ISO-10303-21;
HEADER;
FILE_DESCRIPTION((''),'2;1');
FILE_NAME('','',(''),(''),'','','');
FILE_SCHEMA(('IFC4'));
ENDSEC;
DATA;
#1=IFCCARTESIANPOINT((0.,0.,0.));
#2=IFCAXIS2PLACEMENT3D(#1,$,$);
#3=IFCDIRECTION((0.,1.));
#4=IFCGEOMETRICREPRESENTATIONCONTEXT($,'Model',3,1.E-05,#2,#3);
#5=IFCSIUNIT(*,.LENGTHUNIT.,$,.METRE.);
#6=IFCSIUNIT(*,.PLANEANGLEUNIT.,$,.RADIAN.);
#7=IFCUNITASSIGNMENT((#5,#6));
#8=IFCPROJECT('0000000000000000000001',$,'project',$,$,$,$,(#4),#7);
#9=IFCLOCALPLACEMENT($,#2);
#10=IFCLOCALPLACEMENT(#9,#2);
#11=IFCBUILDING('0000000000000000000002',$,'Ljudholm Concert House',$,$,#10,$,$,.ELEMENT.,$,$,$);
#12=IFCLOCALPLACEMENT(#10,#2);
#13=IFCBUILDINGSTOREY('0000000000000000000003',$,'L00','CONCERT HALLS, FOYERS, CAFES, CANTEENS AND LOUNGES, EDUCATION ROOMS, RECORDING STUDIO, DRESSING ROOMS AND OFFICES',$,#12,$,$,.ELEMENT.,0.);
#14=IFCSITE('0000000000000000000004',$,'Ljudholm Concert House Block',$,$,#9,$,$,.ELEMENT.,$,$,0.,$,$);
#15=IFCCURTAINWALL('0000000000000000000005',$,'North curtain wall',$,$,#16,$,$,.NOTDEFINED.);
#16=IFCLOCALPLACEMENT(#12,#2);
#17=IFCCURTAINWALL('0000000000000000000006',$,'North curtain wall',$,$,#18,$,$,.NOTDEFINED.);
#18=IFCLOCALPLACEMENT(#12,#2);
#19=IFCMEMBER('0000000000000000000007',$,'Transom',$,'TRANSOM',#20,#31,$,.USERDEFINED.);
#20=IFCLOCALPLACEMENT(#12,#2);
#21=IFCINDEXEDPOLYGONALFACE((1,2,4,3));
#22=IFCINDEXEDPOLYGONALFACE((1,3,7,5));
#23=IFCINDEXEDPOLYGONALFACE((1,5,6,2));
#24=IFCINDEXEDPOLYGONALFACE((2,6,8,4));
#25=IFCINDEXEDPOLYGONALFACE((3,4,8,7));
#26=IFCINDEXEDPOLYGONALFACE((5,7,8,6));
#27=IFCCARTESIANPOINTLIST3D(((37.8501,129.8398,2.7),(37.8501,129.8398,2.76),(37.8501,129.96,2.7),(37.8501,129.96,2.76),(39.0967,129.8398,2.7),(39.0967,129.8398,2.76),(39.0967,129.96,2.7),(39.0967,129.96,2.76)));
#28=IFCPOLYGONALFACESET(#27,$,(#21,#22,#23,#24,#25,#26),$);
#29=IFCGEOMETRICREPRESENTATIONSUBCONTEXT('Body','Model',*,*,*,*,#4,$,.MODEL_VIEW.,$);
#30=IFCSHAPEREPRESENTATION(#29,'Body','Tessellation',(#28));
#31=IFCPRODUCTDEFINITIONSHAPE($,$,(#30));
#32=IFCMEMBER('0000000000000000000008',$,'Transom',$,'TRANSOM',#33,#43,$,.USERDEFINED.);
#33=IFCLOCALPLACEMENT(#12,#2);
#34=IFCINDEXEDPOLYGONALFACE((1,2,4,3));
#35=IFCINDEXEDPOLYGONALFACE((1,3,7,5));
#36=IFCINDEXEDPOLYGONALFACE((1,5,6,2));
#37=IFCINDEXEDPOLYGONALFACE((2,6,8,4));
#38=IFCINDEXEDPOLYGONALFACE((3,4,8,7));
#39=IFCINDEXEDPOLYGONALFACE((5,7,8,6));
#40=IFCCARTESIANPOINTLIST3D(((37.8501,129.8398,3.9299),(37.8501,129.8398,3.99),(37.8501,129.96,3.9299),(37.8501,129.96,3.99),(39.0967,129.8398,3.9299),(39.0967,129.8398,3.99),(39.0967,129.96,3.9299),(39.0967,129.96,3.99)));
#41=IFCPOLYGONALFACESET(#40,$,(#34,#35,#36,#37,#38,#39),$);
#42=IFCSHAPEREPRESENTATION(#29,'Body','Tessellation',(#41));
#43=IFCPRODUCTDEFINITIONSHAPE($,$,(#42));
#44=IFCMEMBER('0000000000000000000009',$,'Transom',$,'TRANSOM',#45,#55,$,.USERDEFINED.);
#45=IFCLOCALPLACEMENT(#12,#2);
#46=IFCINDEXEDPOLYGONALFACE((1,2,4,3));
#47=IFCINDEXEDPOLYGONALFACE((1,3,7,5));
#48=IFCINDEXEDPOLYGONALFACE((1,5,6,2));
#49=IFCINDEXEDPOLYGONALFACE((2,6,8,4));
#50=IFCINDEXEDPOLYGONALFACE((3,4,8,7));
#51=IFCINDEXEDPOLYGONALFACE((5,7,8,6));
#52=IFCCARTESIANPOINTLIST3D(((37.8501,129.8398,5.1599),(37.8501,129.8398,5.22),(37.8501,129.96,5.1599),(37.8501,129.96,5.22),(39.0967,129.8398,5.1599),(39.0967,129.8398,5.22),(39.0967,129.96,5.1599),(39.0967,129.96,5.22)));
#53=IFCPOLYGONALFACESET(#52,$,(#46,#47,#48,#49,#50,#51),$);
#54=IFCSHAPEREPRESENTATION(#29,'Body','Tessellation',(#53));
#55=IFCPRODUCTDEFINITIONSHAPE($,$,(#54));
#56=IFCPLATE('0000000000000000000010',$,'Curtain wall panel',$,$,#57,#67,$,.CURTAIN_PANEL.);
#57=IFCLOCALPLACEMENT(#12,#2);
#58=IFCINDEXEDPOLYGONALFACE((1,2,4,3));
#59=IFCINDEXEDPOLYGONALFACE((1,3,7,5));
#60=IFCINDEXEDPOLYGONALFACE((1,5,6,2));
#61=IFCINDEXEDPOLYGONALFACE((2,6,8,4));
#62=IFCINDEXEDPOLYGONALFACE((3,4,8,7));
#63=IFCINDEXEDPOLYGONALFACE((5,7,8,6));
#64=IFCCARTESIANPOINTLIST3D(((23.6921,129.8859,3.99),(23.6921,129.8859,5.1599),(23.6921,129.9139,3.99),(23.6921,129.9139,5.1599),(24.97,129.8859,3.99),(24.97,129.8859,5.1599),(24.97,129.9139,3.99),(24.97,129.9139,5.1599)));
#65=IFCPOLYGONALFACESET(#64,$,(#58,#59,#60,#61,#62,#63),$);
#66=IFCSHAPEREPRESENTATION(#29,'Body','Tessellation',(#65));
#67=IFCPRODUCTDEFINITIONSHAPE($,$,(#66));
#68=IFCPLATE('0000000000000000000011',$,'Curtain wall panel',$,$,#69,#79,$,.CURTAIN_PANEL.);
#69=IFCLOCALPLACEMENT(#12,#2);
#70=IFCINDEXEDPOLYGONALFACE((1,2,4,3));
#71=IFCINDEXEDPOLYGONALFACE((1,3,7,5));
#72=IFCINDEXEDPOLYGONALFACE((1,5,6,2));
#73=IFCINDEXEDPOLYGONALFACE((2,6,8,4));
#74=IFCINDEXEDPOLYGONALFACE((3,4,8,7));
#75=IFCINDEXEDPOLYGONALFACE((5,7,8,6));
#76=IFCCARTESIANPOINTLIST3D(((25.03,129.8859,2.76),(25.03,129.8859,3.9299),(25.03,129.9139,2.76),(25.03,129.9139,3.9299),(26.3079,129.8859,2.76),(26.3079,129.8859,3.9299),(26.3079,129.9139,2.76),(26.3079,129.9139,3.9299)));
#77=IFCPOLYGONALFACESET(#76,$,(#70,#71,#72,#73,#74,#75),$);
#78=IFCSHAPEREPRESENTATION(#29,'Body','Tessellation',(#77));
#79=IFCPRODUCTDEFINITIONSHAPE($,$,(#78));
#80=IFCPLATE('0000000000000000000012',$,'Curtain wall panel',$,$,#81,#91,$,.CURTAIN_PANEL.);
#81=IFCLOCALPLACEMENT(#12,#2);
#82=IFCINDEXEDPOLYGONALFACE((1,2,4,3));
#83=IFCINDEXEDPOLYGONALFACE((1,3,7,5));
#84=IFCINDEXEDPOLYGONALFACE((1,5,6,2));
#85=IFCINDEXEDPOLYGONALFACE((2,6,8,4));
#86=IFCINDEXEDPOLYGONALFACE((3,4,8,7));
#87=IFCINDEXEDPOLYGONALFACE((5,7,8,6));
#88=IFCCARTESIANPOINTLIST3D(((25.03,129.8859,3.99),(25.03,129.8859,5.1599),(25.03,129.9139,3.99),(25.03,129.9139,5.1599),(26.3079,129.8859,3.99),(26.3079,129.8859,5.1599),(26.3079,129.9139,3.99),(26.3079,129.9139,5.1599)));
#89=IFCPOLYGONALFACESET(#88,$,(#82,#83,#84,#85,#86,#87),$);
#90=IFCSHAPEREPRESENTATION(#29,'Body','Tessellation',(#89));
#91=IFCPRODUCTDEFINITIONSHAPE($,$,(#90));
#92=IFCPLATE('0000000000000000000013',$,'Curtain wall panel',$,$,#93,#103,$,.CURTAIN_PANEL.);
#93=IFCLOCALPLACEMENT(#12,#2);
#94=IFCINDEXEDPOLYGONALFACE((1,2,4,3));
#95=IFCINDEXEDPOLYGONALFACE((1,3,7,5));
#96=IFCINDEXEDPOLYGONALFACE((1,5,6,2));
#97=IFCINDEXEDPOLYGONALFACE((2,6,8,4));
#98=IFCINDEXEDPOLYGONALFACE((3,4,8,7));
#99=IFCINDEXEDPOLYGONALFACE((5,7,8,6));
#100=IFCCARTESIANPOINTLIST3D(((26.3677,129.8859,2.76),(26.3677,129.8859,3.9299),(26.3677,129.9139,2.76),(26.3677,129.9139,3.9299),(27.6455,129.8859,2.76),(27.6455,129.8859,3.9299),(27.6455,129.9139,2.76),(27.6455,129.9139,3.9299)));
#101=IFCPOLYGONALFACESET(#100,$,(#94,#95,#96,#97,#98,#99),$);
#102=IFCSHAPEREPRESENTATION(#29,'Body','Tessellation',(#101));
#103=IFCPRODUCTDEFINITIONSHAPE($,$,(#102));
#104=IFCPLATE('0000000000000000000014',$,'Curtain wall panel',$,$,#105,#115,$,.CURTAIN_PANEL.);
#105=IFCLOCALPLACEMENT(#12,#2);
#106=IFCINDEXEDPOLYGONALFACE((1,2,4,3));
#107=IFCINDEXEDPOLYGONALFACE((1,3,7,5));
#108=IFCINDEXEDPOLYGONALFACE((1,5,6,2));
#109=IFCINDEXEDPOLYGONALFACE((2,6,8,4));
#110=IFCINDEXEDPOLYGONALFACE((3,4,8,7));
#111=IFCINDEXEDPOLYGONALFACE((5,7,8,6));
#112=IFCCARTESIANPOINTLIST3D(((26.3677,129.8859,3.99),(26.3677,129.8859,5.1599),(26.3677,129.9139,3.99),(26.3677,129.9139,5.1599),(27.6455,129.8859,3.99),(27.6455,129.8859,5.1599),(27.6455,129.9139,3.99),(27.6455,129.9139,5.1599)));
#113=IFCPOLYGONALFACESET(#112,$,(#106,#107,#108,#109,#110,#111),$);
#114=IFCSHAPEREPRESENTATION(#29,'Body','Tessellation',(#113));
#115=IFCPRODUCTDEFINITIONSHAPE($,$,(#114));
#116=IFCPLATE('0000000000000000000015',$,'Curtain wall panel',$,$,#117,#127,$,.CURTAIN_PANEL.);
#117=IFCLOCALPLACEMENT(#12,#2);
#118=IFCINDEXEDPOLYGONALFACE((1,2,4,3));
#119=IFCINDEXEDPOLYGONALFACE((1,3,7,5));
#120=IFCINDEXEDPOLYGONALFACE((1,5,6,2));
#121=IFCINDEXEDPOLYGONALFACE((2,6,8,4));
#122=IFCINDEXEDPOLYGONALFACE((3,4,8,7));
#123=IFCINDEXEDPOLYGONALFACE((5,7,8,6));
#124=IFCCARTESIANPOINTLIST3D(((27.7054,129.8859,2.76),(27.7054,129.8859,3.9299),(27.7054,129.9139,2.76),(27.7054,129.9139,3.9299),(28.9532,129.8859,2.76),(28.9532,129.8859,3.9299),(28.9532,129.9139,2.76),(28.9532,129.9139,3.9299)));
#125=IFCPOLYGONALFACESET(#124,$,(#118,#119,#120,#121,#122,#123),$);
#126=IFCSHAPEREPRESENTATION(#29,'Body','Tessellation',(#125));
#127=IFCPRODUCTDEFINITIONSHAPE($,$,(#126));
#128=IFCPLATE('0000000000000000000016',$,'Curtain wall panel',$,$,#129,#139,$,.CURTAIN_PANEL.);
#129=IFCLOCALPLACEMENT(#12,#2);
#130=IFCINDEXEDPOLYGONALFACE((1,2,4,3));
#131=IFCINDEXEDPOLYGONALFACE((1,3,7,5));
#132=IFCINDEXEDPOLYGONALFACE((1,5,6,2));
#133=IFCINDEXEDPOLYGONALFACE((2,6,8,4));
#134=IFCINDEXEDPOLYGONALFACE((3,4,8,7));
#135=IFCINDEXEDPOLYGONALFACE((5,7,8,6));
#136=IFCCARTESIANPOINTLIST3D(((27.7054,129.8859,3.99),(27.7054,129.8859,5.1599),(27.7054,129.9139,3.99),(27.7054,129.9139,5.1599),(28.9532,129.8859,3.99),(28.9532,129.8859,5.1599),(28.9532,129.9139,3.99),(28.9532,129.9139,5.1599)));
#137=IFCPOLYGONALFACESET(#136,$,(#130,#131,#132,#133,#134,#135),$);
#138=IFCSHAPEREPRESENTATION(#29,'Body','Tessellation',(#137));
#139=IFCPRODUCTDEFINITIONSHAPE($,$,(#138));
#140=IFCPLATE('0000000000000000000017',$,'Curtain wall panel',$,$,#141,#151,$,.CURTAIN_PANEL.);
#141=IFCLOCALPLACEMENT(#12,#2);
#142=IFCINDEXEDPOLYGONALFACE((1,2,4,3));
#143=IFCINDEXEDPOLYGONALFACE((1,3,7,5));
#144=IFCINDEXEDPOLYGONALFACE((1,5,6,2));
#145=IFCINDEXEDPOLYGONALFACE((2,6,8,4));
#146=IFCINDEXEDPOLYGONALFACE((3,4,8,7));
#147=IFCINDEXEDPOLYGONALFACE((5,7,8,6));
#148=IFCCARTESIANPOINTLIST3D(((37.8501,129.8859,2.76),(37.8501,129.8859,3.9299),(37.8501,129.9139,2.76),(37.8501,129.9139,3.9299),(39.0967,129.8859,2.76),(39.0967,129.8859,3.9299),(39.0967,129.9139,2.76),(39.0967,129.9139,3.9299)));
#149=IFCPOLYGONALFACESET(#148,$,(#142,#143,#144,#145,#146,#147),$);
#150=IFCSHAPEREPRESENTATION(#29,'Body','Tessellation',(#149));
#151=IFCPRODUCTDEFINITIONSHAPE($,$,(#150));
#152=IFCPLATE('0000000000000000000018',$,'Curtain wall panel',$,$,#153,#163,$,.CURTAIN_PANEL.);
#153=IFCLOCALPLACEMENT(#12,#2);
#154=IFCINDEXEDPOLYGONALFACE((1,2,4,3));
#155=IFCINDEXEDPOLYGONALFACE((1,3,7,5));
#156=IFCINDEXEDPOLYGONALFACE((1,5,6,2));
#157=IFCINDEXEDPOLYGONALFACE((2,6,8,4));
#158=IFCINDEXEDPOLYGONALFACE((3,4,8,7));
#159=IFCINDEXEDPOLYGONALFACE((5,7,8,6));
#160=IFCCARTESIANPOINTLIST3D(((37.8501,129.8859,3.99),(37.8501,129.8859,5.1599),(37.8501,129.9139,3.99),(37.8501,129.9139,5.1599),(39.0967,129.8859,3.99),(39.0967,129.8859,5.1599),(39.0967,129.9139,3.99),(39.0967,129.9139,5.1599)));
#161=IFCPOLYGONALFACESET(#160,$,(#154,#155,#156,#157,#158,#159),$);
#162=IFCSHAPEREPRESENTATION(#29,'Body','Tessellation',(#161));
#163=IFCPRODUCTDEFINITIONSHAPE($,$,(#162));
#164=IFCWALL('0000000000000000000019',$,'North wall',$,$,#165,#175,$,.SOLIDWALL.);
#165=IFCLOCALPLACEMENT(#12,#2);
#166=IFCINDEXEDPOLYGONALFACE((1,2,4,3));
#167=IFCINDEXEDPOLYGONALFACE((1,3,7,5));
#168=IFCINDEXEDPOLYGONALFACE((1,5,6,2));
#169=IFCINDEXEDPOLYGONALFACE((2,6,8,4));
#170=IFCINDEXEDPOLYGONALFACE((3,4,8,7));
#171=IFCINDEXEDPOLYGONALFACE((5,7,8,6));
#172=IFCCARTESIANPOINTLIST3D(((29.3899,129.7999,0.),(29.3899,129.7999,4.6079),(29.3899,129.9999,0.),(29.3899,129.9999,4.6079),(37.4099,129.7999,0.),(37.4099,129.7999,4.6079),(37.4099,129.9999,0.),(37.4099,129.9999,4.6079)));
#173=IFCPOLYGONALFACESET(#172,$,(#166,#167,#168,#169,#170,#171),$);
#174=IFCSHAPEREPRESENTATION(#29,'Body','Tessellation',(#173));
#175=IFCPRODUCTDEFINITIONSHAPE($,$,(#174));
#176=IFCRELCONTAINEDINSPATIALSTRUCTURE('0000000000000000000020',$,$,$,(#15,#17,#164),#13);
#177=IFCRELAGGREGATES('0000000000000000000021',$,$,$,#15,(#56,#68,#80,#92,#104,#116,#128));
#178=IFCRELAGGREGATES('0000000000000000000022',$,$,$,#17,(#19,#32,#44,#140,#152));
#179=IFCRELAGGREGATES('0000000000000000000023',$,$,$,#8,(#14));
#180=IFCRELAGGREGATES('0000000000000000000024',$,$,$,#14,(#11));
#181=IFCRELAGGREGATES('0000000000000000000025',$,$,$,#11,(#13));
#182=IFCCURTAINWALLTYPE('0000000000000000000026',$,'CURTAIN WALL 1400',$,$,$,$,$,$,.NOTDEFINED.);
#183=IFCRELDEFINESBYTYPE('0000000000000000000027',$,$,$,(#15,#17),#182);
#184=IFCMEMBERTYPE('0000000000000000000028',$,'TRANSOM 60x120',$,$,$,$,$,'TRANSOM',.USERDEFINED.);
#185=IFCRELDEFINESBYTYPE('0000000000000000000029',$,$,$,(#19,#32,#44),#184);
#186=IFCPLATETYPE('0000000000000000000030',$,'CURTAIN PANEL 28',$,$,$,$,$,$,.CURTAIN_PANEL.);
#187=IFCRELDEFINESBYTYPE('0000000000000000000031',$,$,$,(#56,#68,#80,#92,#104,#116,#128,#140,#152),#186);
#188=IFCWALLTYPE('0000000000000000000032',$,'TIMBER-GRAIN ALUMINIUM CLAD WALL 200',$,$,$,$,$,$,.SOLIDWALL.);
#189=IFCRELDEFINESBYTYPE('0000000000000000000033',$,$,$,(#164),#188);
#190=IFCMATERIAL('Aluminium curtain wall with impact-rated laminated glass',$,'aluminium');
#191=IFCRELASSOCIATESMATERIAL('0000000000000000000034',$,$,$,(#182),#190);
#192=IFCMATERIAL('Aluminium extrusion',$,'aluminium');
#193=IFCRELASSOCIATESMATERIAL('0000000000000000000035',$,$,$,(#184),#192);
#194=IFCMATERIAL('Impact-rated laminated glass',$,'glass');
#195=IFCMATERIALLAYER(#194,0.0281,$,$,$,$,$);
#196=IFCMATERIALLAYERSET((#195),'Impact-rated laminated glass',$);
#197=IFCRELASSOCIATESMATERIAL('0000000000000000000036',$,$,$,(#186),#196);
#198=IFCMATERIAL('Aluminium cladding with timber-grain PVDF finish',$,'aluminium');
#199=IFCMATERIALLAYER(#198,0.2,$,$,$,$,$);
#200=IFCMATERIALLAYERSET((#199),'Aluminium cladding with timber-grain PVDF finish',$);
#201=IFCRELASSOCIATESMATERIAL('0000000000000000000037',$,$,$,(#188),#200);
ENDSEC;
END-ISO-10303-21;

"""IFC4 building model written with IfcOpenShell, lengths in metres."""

from ifc_helpers import new_model, si_unit, direction, frame, frame_2d, origin, origin_2d, place, context, subcontext, project, spatial, rectangle, extrude, material, layer, layer_set, material_profile, profile_set, type_object, element, aggregate, save


model = new_model("IFC4")

# Units and contexts
model_context = context("Model", 3, precision=1e-05, world=origin(), true_north=direction((0.0, 1.0)))
body_context = subcontext(model_context, "Body", "Model", "MODEL_VIEW")
ifc_project = project(units=[si_unit("LENGTHUNIT", "METRE"), si_unit("PLANEANGLEUNIT", "RADIAN")], contexts=[model_context])

# Site, building, storey
site_placement = place(None, origin())
site = spatial("IfcSite", under=ifc_project, at=site_placement, Name="Ljudholm Concert House Block", CompositionType="ELEMENT", RefElevation=0.0)
building_placement = place(site_placement, origin())
building = spatial("IfcBuilding", under=site, at=building_placement, Name="Ljudholm Concert House", CompositionType="ELEMENT")
storey_placement = place(building_placement, origin())
storey = spatial("IfcBuildingStorey", under=building, at=storey_placement, Name="L00", Description="CONCERT HALLS, FOYERS, CAFES, CANTEENS AND LOUNGES, EDUCATION ROOMS, RECORDING STUDIO, DRESSING ROOMS AND OFFICES", CompositionType="ELEMENT", Elevation=0.0)

# Curtain walls
ifc_material_1 = material(Name="Aluminium curtain wall with impact-rated laminated glass", Category="aluminium")
curtain_wall_type = type_object("IfcCurtainWallType", Name="CURTAIN WALL 1400", PredefinedType="NOTDEFINED", material=ifc_material_1)
curtain_wall_1_placement = place(storey_placement, origin())
curtain_wall_1 = element("IfcCurtainWall", 1, at=curtain_wall_1_placement, inside=storey, type_object=curtain_wall_type, Name="North curtain wall", PredefinedType="NOTDEFINED")
curtain_wall_2_placement = place(storey_placement, origin())
curtain_wall_2 = element("IfcCurtainWall", 2, at=curtain_wall_2_placement, inside=storey, type_object=curtain_wall_type, Name="North curtain wall", PredefinedType="NOTDEFINED")

# Members
ifc_material_2 = material(Name="Aluminium extrusion", Category="aluminium")
ifc_material_profile_1 = material_profile(ifc_material_2, rectangle(XDim=0.1201, YDim=0.0601, at=origin_2d()), Name="TRANSOM 60x120")
ifc_profile_set_1 = profile_set([ifc_material_profile_1], Name="Aluminium extrusion")
member_type_1 = type_object("IfcMemberType", Name="TRANSOM 60x120", ElementType="TRANSOM", PredefinedType="USERDEFINED", material=ifc_profile_set_1)
member_1_placement = place(storey_placement, frame((37.8501, 129.8999, 2.73), z_axis=(1.0, 0.0, 0.0), x_axis=(0.0, 1.0, 0.0)))
member_1 = element("IfcMember", 3, at=member_1_placement, type_object=member_type_1, Name="Transom", ObjectType="TRANSOM", PredefinedType="USERDEFINED", context=body_context, shape_type="SweptSolid", body=[
    extrude(rectangle(XDim=0.1201, YDim=0.0601, at=origin_2d()), origin(), (0.0, 0.0, 1.0), 1.2466),
])
member_2_placement = place(storey_placement, frame((37.8501, 129.8999, 3.96), z_axis=(1.0, 0.0, 0.0), x_axis=(0.0, 1.0, 0.0)))
member_2 = element("IfcMember", 4, at=member_2_placement, type_object=member_type_1, Name="Transom", ObjectType="TRANSOM", PredefinedType="USERDEFINED", context=body_context, shape_type="SweptSolid", body=[
    extrude(rectangle(XDim=0.1201, YDim=0.0601, at=origin_2d()), origin(), (0.0, 0.0, 1.0), 1.2466),
])
member_3_placement = place(storey_placement, frame((37.8501, 129.8999, 5.1899), z_axis=(1.0, 0.0, 0.0), x_axis=(0.0, 1.0, 0.0)))
member_3 = element("IfcMember", 5, at=member_3_placement, type_object=member_type_1, Name="Transom", ObjectType="TRANSOM", PredefinedType="USERDEFINED", context=body_context, shape_type="SweptSolid", body=[
    extrude(rectangle(XDim=0.1201, YDim=0.0601, at=origin_2d()), origin(), (0.0, 0.0, 1.0), 1.2466),
])

# Plates
ifc_material_3 = material(Name="Impact-rated laminated glass", Category="glass")
ifc_layer_1 = layer(ifc_material_3, 0.0281)
ifc_layer_set_1 = layer_set([ifc_layer_1], Name="Impact-rated laminated glass")
plate_type = type_object("IfcPlateType", Name="CURTAIN PANEL 28", PredefinedType="CURTAIN_PANEL", material=ifc_layer_set_1)
plate_1_placement = place(storey_placement, frame((24.3311, 129.8999, 3.99), z_axis=(0.0, 0.0, 1.0), x_axis=(1.0, 0.0, 0.0)))
plate_1 = element("IfcPlate", 6, at=plate_1_placement, type_object=plate_type, Name="Curtain wall panel", PredefinedType="CURTAIN_PANEL", context=body_context, shape_type="SweptSolid", body=[
    extrude(rectangle(XDim=1.2778, YDim=0.0281, at=origin_2d()), origin(), (0.0, 0.0, 1.0), 1.1699),
])
plate_2_placement = place(storey_placement, frame((25.6689, 129.8999, 2.76), z_axis=(0.0, 0.0, 1.0), x_axis=(1.0, 0.0, 0.0)))
plate_2 = element("IfcPlate", 7, at=plate_2_placement, type_object=plate_type, Name="Curtain wall panel", PredefinedType="CURTAIN_PANEL", context=body_context, shape_type="SweptSolid", body=[
    extrude(rectangle(XDim=1.2778, YDim=0.0281, at=origin_2d()), origin(), (0.0, 0.0, 1.0), 1.1699),
])
plate_3_placement = place(storey_placement, frame((25.6689, 129.8999, 3.99), z_axis=(0.0, 0.0, 1.0), x_axis=(1.0, 0.0, 0.0)))
plate_3 = element("IfcPlate", 8, at=plate_3_placement, type_object=plate_type, Name="Curtain wall panel", PredefinedType="CURTAIN_PANEL", context=body_context, shape_type="SweptSolid", body=[
    extrude(rectangle(XDim=1.2778, YDim=0.0281, at=origin_2d()), origin(), (0.0, 0.0, 1.0), 1.1699),
])
plate_4_placement = place(storey_placement, frame((27.0066, 129.8999, 2.76), z_axis=(0.0, 0.0, 1.0), x_axis=(1.0, 0.0, 0.0)))
plate_4 = element("IfcPlate", 9, at=plate_4_placement, type_object=plate_type, Name="Curtain wall panel", PredefinedType="CURTAIN_PANEL", context=body_context, shape_type="SweptSolid", body=[
    extrude(rectangle(XDim=1.2778, YDim=0.0281, at=origin_2d()), origin(), (0.0, 0.0, 1.0), 1.1699),
])
plate_5_placement = place(storey_placement, frame((27.0066, 129.8999, 3.99), z_axis=(0.0, 0.0, 1.0), x_axis=(1.0, 0.0, 0.0)))
plate_5 = element("IfcPlate", 10, at=plate_5_placement, type_object=plate_type, Name="Curtain wall panel", PredefinedType="CURTAIN_PANEL", context=body_context, shape_type="SweptSolid", body=[
    extrude(rectangle(XDim=1.2778, YDim=0.0281, at=origin_2d()), origin(), (0.0, 0.0, 1.0), 1.1699),
])
plate_6_placement = place(storey_placement, frame((28.3293, 129.8999, 2.76), z_axis=(0.0, 0.0, 1.0), x_axis=(1.0, 0.0, 0.0)))
plate_6 = element("IfcPlate", 11, at=plate_6_placement, type_object=plate_type, Name="Curtain wall panel", PredefinedType="CURTAIN_PANEL", context=body_context, shape_type="SweptSolid", body=[
    extrude(rectangle(XDim=1.2478, YDim=0.0281, at=origin_2d()), origin(), (0.0, 0.0, 1.0), 1.1699),
])
plate_7_placement = place(storey_placement, frame((28.3293, 129.8999, 3.99), z_axis=(0.0, 0.0, 1.0), x_axis=(1.0, 0.0, 0.0)))
plate_7 = element("IfcPlate", 12, at=plate_7_placement, type_object=plate_type, Name="Curtain wall panel", PredefinedType="CURTAIN_PANEL", context=body_context, shape_type="SweptSolid", body=[
    extrude(rectangle(XDim=1.2478, YDim=0.0281, at=origin_2d()), origin(), (0.0, 0.0, 1.0), 1.1699),
])
aggregate(curtain_wall_1, [plate_1, plate_2, plate_3, plate_4, plate_5, plate_6, plate_7])
plate_8_placement = place(storey_placement, frame((38.4734, 129.8999, 2.76), z_axis=(0.0, 0.0, 1.0), x_axis=(1.0, 0.0, 0.0)))
plate_8 = element("IfcPlate", 13, at=plate_8_placement, type_object=plate_type, Name="Curtain wall panel", PredefinedType="CURTAIN_PANEL", context=body_context, shape_type="SweptSolid", body=[
    extrude(rectangle(XDim=1.2466, YDim=0.0281, at=origin_2d()), origin(), (0.0, 0.0, 1.0), 1.1699),
])
plate_9_placement = place(storey_placement, frame((38.4734, 129.8999, 3.99), z_axis=(0.0, 0.0, 1.0), x_axis=(1.0, 0.0, 0.0)))
plate_9 = element("IfcPlate", 14, at=plate_9_placement, type_object=plate_type, Name="Curtain wall panel", PredefinedType="CURTAIN_PANEL", context=body_context, shape_type="SweptSolid", body=[
    extrude(rectangle(XDim=1.2466, YDim=0.0281, at=origin_2d()), origin(), (0.0, 0.0, 1.0), 1.1699),
])
aggregate(curtain_wall_2, [member_1, member_2, member_3, plate_8, plate_9])

# Wall
ifc_material_4 = material(Name="Aluminium cladding with timber-grain PVDF finish", Category="aluminium")
ifc_layer_2 = layer(ifc_material_4, 0.2)
ifc_layer_set_2 = layer_set([ifc_layer_2], Name="Aluminium cladding with timber-grain PVDF finish")
wall_type = type_object("IfcWallType", Name="TIMBER-GRAIN ALUMINIUM CLAD WALL 200", PredefinedType="SOLIDWALL", material=ifc_layer_set_2)
wall_1_placement = place(storey_placement, frame((29.3899, 129.8999, 0.0), z_axis=(0.0, 0.0, 1.0), x_axis=(1.0, 0.0, 0.0)))
element("IfcWall", 15, at=wall_1_placement, inside=storey, type_object=wall_type, Name="North wall", PredefinedType="SOLIDWALL", context=body_context, shape_type="SweptSolid", body=[
    extrude(rectangle(XDim=8.02, YDim=0.2, at=frame_2d((4.01, 0.0))), origin(), (0.0, 0.0, 1.0), 4.6079),
])

save(model, "model.ifc")
